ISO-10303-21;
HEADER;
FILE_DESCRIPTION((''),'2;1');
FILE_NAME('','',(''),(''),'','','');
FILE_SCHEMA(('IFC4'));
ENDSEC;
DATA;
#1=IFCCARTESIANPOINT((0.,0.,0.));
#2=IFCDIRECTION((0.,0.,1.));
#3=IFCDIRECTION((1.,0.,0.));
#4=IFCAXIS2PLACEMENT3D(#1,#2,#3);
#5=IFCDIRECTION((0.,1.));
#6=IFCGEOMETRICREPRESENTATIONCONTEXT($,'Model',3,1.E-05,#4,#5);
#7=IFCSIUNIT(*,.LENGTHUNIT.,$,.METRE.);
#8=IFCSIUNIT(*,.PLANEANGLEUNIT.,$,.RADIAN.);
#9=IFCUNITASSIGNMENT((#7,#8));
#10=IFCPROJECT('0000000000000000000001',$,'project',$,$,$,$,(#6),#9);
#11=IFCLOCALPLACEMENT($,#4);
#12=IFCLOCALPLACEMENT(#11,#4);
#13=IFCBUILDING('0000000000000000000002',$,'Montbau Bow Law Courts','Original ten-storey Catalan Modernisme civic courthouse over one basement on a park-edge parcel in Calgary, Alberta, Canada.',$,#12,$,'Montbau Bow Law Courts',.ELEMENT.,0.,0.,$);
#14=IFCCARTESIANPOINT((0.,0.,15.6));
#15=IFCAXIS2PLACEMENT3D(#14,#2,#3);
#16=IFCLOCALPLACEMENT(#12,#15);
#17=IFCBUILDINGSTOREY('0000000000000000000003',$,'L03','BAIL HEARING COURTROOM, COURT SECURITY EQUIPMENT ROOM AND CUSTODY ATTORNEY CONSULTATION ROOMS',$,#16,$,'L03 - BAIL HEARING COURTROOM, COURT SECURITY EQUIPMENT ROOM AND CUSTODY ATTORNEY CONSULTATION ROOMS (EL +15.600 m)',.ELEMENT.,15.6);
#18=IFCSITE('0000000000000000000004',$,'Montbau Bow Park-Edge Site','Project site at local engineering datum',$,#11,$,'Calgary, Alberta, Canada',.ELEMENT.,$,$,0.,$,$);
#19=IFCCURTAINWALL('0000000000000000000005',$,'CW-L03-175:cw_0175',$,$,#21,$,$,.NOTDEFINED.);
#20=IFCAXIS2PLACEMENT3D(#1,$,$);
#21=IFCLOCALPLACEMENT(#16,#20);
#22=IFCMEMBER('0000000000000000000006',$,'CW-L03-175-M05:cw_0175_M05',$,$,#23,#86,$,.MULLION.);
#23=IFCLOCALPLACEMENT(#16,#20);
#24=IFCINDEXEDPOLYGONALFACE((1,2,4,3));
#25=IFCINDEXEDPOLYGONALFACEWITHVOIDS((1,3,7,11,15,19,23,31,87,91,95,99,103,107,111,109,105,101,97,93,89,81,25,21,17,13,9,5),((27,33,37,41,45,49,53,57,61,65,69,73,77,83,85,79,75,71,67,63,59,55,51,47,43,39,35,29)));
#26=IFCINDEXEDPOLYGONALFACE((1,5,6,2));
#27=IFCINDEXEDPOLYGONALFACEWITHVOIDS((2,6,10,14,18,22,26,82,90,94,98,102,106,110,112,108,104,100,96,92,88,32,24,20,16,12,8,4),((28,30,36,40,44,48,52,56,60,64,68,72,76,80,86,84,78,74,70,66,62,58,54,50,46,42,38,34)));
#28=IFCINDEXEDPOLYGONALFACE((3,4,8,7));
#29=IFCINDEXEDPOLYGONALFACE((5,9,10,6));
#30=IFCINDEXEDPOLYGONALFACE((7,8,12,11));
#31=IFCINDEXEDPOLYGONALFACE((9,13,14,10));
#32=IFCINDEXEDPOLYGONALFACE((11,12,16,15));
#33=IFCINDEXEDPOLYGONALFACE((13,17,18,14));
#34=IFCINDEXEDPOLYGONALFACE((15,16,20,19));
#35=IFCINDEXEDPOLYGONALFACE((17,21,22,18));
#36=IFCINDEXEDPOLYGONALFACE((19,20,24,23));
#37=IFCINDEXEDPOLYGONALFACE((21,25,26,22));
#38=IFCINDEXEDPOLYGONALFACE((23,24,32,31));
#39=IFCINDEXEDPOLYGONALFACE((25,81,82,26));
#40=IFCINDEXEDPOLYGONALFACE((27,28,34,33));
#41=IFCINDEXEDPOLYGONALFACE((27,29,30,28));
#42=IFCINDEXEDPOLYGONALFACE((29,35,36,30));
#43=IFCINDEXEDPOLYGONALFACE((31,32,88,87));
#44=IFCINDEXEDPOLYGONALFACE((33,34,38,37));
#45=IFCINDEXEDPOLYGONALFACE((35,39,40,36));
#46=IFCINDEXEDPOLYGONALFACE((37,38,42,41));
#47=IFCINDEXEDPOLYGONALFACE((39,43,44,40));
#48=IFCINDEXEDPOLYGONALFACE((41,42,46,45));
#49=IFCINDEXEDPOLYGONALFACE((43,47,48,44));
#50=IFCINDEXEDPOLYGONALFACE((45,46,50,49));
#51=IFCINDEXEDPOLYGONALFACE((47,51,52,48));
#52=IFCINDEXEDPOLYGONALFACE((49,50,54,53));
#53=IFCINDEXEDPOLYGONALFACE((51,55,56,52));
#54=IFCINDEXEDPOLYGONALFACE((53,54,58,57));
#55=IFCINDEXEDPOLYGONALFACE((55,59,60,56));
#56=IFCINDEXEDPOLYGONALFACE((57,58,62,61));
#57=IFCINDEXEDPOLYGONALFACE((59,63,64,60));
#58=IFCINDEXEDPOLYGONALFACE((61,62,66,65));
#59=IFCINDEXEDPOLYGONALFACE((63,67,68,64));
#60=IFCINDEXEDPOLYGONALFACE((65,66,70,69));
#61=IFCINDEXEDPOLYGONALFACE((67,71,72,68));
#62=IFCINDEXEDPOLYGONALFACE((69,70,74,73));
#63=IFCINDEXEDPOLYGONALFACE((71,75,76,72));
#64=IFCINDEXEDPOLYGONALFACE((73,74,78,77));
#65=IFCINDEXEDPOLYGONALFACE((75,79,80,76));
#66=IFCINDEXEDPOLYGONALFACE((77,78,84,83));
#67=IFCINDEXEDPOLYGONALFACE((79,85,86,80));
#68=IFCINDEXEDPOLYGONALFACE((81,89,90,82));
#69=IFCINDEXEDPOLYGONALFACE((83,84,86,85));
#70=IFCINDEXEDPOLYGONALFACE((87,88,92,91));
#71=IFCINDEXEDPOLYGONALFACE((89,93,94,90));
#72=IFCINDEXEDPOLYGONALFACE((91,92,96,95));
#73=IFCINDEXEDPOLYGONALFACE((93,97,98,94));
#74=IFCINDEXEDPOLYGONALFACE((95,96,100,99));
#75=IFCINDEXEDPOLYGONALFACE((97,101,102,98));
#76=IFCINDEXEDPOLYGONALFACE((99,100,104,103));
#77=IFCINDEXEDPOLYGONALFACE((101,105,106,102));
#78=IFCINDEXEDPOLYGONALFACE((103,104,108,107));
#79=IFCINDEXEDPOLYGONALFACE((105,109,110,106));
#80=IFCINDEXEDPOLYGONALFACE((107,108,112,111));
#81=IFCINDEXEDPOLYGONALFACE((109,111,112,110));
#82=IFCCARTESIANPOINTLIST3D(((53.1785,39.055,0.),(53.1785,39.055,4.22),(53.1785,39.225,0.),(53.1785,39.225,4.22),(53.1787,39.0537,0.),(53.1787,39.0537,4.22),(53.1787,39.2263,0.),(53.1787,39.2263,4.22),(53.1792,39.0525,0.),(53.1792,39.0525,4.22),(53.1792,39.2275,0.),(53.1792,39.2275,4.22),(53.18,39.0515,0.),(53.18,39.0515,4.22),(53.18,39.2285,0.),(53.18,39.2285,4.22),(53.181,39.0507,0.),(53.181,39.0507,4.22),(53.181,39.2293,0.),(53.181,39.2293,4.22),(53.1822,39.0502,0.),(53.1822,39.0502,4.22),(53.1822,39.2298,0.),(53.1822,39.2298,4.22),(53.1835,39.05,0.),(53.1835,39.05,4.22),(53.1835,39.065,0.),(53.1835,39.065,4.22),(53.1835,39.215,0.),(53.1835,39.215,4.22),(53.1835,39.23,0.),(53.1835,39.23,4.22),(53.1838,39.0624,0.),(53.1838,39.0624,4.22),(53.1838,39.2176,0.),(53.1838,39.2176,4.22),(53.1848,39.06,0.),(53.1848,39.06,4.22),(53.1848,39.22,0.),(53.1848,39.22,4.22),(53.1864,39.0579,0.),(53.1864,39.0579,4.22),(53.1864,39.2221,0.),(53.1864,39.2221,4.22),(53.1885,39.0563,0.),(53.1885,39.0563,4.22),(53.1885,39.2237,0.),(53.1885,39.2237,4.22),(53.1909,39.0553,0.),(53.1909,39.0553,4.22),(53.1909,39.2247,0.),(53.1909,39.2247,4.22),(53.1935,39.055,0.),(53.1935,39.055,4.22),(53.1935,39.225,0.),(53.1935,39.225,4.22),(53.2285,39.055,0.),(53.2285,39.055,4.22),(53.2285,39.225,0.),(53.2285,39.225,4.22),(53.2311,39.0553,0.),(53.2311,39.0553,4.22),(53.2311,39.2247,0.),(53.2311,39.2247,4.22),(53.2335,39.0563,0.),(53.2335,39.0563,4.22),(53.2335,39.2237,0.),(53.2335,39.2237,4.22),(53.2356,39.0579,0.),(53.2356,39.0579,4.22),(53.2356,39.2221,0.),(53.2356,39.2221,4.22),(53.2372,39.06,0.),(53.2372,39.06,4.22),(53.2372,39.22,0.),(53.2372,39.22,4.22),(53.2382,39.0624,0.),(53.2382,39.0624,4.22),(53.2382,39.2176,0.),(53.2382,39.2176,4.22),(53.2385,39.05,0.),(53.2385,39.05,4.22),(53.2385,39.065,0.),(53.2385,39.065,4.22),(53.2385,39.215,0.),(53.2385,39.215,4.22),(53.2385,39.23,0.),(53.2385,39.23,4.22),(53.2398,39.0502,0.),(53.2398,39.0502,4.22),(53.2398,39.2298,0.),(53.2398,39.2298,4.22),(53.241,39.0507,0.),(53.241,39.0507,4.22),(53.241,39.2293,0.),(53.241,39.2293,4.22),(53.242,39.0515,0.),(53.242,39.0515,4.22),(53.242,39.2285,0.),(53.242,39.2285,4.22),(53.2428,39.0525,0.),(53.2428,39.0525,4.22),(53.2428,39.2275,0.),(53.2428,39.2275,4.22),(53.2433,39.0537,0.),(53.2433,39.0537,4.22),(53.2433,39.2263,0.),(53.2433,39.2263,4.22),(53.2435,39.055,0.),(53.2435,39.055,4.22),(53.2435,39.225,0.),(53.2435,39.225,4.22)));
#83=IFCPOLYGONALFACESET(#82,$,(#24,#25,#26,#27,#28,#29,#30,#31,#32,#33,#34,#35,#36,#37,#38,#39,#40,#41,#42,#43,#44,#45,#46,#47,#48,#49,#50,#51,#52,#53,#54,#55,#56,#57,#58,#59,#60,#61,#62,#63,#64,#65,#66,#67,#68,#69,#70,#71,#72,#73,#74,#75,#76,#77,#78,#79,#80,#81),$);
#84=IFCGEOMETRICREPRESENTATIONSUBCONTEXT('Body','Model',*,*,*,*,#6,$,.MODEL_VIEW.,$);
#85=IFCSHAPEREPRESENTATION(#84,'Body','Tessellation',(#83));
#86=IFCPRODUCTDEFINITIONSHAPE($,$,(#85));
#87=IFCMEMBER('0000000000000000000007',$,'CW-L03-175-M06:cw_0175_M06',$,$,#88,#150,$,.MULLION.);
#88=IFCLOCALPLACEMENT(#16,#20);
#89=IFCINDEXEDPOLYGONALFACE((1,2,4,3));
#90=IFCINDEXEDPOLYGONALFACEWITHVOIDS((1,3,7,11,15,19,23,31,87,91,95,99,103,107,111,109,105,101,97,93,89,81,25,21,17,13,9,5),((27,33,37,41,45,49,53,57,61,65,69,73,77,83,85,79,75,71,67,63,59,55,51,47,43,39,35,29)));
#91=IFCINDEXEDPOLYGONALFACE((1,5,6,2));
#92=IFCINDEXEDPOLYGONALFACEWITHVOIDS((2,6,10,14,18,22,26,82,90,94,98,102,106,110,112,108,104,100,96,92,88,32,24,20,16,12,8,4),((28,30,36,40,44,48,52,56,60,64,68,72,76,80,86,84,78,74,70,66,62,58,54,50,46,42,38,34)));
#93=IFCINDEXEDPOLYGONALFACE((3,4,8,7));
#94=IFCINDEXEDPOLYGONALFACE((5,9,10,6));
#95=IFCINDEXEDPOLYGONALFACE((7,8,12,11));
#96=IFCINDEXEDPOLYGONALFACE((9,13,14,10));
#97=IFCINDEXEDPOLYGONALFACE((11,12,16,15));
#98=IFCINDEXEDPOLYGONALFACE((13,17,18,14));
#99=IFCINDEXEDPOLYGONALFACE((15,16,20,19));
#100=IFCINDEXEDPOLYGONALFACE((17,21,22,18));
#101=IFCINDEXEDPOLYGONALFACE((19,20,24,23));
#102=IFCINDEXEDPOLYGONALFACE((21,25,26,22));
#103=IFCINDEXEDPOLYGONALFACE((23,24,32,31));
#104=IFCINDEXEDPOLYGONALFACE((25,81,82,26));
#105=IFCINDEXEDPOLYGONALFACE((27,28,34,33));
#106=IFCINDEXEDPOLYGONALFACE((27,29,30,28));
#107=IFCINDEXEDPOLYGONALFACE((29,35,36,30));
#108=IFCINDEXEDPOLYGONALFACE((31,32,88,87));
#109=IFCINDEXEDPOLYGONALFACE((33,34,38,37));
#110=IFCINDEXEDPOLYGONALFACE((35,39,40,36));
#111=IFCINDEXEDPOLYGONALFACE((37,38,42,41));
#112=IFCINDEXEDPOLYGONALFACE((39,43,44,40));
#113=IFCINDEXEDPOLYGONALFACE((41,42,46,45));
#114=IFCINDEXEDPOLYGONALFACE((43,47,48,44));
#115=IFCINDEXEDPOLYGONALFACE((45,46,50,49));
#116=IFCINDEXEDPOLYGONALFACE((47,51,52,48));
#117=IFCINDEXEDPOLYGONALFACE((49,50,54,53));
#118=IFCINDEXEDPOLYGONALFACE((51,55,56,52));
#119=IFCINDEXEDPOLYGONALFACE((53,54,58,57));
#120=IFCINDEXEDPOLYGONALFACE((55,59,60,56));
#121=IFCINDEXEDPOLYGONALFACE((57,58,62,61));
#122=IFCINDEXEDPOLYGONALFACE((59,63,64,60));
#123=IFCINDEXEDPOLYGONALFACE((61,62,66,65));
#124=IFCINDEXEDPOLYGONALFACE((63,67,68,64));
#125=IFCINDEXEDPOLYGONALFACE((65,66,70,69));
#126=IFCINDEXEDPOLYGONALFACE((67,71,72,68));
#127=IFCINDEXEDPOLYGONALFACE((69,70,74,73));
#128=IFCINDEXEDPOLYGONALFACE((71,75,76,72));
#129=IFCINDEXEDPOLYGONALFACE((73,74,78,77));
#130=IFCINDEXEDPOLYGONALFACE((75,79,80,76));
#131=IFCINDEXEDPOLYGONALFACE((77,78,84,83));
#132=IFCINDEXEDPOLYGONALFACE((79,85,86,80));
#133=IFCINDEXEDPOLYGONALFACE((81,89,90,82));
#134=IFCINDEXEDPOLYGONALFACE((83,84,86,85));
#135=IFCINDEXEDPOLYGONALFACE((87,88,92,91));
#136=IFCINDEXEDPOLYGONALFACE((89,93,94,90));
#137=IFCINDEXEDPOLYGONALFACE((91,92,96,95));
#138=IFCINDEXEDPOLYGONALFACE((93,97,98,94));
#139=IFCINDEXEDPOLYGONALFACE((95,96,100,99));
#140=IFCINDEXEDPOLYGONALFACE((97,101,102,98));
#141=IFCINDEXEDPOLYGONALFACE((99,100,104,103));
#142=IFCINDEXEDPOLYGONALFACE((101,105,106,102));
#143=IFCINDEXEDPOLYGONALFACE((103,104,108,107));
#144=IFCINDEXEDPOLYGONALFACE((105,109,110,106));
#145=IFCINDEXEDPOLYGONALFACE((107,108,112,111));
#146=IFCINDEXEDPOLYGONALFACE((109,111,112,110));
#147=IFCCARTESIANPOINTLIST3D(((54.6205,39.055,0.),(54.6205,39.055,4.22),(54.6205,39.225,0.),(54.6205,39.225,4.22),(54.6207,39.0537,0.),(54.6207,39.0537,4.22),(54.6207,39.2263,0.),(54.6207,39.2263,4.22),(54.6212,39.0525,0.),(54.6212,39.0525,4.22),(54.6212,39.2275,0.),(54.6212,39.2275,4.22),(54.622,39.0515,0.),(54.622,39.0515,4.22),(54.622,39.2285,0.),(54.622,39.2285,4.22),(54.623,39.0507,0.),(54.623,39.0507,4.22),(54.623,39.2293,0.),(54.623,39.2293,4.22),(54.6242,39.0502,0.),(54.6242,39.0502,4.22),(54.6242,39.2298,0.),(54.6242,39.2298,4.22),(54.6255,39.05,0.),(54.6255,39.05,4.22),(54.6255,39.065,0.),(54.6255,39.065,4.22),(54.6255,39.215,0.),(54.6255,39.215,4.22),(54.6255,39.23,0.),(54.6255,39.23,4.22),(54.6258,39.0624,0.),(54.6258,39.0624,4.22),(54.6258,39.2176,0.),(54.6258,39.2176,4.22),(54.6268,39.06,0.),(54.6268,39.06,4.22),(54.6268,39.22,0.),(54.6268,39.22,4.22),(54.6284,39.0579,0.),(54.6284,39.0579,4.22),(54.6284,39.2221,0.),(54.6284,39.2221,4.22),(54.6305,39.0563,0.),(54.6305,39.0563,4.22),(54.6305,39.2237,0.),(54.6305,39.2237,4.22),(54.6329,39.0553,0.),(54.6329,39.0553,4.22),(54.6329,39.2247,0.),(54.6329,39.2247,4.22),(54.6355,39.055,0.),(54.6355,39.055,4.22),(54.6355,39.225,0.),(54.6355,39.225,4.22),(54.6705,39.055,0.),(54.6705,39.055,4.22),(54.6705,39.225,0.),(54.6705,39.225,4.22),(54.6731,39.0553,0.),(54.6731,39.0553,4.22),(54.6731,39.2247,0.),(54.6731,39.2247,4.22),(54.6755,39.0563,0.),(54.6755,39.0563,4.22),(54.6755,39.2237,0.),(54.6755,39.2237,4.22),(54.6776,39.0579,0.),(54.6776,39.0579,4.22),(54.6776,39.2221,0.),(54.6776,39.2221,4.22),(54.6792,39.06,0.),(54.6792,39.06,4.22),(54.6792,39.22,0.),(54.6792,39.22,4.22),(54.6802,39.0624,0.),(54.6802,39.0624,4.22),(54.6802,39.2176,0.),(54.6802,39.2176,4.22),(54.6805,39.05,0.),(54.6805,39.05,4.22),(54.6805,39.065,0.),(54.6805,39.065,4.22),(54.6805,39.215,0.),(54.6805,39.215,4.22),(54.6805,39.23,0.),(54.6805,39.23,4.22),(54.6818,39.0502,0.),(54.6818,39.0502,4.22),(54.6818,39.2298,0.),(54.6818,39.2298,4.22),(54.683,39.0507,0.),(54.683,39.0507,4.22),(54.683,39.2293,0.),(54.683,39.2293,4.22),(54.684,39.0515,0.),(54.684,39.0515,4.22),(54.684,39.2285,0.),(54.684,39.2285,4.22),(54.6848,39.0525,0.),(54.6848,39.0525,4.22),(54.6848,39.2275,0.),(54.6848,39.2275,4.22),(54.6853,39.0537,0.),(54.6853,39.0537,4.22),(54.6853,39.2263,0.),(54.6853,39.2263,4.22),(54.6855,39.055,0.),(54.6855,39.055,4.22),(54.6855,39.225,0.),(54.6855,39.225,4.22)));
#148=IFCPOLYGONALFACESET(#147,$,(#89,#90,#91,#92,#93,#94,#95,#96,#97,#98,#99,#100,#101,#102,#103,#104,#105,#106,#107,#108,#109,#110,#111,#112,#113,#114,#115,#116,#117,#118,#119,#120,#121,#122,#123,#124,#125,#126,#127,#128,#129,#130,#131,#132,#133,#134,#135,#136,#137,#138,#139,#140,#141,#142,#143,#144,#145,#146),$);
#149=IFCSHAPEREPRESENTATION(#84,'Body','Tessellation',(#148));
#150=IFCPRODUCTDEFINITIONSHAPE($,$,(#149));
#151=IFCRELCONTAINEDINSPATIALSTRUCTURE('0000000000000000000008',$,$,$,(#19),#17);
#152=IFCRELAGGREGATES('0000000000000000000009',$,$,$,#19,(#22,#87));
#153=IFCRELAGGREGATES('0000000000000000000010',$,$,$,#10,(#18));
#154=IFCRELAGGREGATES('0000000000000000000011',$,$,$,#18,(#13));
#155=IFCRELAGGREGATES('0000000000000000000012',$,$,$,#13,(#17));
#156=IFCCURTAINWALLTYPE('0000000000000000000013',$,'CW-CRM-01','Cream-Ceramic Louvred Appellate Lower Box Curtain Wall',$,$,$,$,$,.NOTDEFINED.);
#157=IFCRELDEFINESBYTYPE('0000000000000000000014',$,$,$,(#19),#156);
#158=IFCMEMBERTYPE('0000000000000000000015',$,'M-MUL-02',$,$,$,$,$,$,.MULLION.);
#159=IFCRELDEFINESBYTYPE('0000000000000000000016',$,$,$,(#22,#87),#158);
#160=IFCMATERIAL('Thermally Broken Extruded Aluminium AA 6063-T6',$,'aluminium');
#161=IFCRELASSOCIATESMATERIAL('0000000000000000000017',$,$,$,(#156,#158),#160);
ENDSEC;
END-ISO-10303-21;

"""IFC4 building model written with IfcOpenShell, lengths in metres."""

from ifc_helpers import new_model, si_unit, direction, frame, origin_with_axes, origin_2d_with_axis, place, context, subcontext, project, spatial, hollow_rectangle, extrude, material, material_profile, profile_set, type_object, element, aggregate, save


model = new_model("IFC4")

# Units and contexts
model_context = context("Model", 3, precision=1e-05, world=origin_with_axes(), true_north=direction((0.0, 1.0)))
body_context = subcontext(model_context, "Body", "Model", "MODEL_VIEW")
ifc_project = project(units=[si_unit("LENGTHUNIT", "METRE"), si_unit("PLANEANGLEUNIT", "RADIAN")], contexts=[model_context])

# Site, building, storey
site_placement = place(None, origin_with_axes())
site = spatial("IfcSite", under=ifc_project, at=site_placement, Name="Montbau Bow Park-Edge Site", Description="Project site at local engineering datum", LongName="Calgary, Alberta, Canada", CompositionType="ELEMENT", RefElevation=0.0)
building_placement = place(site_placement, origin_with_axes())
building = spatial("IfcBuilding", under=site, at=building_placement, Name="Montbau Bow Law Courts", Description="Original ten-storey Catalan Modernisme civic courthouse over one basement on a park-edge parcel in Calgary, Alberta, Canada.", LongName="Montbau Bow Law Courts", CompositionType="ELEMENT", ElevationOfRefHeight=0.0, ElevationOfTerrain=0.0)
storey_placement = place(building_placement, frame((0.0, 0.0, 15.6), z_axis=(0.0, 0.0, 1.0), x_axis=(1.0, 0.0, 0.0)))
storey = spatial("IfcBuildingStorey", under=building, at=storey_placement, Name="L03", Description="BAIL HEARING COURTROOM, COURT SECURITY EQUIPMENT ROOM AND CUSTODY ATTORNEY CONSULTATION ROOMS", LongName="L03 - BAIL HEARING COURTROOM, COURT SECURITY EQUIPMENT ROOM AND CUSTODY ATTORNEY CONSULTATION ROOMS (EL +15.600 m)", CompositionType="ELEMENT", Elevation=15.6)

# Curtain wall, members
ifc_material_1 = material(Name="Thermally Broken Extruded Aluminium AA 6063-T6", Category="aluminium")
curtain_wall_type = type_object("IfcCurtainWallType", Name="CW-CRM-01", Description="Cream-Ceramic Louvred Appellate Lower Box Curtain Wall", PredefinedType="NOTDEFINED", material=ifc_material_1)
curtain_wall_1_placement = place(None, frame((47.315, 39.14, 15.6), z_axis=(0.0, 0.0, 1.0), x_axis=(1.0, 0.0, 0.0)))
curtain_wall_1 = element("IfcCurtainWall", 1, at=curtain_wall_1_placement, inside=storey, type_object=curtain_wall_type, Name="CW-L03-175:cw_0175", PredefinedType="NOTDEFINED")
ifc_material_profile_1 = material_profile(ifc_material_1, hollow_rectangle(XDim=0.065, YDim=0.18, WallThickness=0.005, InnerFilletRadius=0.01, OuterFilletRadius=0.005, at=origin_2d_with_axis()), Name="CWM-180X65", Category="Main", Priority=0)
ifc_profile_set_1 = profile_set([ifc_material_profile_1], Name="Thermally Broken Extruded Aluminium AA 6063-T6")
member_type_1 = type_object("IfcMemberType", Name="M-MUL-02", PredefinedType="MULLION", material=ifc_profile_set_1)
member_1_placement = place(None, frame((53.211, 39.14, 15.6), z_axis=(0.0, 0.0, 1.0), x_axis=(1.0, 0.0, 0.0)))
member_1 = element("IfcMember", 2, at=member_1_placement, type_object=member_type_1, Name="CW-L03-175-M05:cw_0175_M05", PredefinedType="MULLION", context=body_context, shape_type="SweptSolid", body=[
    extrude(hollow_rectangle(XDim=0.065, YDim=0.18, WallThickness=0.005, InnerFilletRadius=0.01, OuterFilletRadius=0.005, at=origin_2d_with_axis()), origin_with_axes(), (0.0, 0.0, 1.0), 4.22),
])
member_2_placement = place(None, frame((54.653, 39.14, 15.6), z_axis=(0.0, 0.0, 1.0), x_axis=(1.0, 0.0, 0.0)))
member_2 = element("IfcMember", 3, at=member_2_placement, type_object=member_type_1, Name="CW-L03-175-M06:cw_0175_M06", PredefinedType="MULLION", context=body_context, shape_type="SweptSolid", body=[
    extrude(hollow_rectangle(XDim=0.065, YDim=0.18, WallThickness=0.005, InnerFilletRadius=0.01, OuterFilletRadius=0.005, at=origin_2d_with_axis()), origin_with_axes(), (0.0, 0.0, 1.0), 4.22),
])

aggregate(curtain_wall_1, [member_1, member_2])

save(model, "model.ifc")
